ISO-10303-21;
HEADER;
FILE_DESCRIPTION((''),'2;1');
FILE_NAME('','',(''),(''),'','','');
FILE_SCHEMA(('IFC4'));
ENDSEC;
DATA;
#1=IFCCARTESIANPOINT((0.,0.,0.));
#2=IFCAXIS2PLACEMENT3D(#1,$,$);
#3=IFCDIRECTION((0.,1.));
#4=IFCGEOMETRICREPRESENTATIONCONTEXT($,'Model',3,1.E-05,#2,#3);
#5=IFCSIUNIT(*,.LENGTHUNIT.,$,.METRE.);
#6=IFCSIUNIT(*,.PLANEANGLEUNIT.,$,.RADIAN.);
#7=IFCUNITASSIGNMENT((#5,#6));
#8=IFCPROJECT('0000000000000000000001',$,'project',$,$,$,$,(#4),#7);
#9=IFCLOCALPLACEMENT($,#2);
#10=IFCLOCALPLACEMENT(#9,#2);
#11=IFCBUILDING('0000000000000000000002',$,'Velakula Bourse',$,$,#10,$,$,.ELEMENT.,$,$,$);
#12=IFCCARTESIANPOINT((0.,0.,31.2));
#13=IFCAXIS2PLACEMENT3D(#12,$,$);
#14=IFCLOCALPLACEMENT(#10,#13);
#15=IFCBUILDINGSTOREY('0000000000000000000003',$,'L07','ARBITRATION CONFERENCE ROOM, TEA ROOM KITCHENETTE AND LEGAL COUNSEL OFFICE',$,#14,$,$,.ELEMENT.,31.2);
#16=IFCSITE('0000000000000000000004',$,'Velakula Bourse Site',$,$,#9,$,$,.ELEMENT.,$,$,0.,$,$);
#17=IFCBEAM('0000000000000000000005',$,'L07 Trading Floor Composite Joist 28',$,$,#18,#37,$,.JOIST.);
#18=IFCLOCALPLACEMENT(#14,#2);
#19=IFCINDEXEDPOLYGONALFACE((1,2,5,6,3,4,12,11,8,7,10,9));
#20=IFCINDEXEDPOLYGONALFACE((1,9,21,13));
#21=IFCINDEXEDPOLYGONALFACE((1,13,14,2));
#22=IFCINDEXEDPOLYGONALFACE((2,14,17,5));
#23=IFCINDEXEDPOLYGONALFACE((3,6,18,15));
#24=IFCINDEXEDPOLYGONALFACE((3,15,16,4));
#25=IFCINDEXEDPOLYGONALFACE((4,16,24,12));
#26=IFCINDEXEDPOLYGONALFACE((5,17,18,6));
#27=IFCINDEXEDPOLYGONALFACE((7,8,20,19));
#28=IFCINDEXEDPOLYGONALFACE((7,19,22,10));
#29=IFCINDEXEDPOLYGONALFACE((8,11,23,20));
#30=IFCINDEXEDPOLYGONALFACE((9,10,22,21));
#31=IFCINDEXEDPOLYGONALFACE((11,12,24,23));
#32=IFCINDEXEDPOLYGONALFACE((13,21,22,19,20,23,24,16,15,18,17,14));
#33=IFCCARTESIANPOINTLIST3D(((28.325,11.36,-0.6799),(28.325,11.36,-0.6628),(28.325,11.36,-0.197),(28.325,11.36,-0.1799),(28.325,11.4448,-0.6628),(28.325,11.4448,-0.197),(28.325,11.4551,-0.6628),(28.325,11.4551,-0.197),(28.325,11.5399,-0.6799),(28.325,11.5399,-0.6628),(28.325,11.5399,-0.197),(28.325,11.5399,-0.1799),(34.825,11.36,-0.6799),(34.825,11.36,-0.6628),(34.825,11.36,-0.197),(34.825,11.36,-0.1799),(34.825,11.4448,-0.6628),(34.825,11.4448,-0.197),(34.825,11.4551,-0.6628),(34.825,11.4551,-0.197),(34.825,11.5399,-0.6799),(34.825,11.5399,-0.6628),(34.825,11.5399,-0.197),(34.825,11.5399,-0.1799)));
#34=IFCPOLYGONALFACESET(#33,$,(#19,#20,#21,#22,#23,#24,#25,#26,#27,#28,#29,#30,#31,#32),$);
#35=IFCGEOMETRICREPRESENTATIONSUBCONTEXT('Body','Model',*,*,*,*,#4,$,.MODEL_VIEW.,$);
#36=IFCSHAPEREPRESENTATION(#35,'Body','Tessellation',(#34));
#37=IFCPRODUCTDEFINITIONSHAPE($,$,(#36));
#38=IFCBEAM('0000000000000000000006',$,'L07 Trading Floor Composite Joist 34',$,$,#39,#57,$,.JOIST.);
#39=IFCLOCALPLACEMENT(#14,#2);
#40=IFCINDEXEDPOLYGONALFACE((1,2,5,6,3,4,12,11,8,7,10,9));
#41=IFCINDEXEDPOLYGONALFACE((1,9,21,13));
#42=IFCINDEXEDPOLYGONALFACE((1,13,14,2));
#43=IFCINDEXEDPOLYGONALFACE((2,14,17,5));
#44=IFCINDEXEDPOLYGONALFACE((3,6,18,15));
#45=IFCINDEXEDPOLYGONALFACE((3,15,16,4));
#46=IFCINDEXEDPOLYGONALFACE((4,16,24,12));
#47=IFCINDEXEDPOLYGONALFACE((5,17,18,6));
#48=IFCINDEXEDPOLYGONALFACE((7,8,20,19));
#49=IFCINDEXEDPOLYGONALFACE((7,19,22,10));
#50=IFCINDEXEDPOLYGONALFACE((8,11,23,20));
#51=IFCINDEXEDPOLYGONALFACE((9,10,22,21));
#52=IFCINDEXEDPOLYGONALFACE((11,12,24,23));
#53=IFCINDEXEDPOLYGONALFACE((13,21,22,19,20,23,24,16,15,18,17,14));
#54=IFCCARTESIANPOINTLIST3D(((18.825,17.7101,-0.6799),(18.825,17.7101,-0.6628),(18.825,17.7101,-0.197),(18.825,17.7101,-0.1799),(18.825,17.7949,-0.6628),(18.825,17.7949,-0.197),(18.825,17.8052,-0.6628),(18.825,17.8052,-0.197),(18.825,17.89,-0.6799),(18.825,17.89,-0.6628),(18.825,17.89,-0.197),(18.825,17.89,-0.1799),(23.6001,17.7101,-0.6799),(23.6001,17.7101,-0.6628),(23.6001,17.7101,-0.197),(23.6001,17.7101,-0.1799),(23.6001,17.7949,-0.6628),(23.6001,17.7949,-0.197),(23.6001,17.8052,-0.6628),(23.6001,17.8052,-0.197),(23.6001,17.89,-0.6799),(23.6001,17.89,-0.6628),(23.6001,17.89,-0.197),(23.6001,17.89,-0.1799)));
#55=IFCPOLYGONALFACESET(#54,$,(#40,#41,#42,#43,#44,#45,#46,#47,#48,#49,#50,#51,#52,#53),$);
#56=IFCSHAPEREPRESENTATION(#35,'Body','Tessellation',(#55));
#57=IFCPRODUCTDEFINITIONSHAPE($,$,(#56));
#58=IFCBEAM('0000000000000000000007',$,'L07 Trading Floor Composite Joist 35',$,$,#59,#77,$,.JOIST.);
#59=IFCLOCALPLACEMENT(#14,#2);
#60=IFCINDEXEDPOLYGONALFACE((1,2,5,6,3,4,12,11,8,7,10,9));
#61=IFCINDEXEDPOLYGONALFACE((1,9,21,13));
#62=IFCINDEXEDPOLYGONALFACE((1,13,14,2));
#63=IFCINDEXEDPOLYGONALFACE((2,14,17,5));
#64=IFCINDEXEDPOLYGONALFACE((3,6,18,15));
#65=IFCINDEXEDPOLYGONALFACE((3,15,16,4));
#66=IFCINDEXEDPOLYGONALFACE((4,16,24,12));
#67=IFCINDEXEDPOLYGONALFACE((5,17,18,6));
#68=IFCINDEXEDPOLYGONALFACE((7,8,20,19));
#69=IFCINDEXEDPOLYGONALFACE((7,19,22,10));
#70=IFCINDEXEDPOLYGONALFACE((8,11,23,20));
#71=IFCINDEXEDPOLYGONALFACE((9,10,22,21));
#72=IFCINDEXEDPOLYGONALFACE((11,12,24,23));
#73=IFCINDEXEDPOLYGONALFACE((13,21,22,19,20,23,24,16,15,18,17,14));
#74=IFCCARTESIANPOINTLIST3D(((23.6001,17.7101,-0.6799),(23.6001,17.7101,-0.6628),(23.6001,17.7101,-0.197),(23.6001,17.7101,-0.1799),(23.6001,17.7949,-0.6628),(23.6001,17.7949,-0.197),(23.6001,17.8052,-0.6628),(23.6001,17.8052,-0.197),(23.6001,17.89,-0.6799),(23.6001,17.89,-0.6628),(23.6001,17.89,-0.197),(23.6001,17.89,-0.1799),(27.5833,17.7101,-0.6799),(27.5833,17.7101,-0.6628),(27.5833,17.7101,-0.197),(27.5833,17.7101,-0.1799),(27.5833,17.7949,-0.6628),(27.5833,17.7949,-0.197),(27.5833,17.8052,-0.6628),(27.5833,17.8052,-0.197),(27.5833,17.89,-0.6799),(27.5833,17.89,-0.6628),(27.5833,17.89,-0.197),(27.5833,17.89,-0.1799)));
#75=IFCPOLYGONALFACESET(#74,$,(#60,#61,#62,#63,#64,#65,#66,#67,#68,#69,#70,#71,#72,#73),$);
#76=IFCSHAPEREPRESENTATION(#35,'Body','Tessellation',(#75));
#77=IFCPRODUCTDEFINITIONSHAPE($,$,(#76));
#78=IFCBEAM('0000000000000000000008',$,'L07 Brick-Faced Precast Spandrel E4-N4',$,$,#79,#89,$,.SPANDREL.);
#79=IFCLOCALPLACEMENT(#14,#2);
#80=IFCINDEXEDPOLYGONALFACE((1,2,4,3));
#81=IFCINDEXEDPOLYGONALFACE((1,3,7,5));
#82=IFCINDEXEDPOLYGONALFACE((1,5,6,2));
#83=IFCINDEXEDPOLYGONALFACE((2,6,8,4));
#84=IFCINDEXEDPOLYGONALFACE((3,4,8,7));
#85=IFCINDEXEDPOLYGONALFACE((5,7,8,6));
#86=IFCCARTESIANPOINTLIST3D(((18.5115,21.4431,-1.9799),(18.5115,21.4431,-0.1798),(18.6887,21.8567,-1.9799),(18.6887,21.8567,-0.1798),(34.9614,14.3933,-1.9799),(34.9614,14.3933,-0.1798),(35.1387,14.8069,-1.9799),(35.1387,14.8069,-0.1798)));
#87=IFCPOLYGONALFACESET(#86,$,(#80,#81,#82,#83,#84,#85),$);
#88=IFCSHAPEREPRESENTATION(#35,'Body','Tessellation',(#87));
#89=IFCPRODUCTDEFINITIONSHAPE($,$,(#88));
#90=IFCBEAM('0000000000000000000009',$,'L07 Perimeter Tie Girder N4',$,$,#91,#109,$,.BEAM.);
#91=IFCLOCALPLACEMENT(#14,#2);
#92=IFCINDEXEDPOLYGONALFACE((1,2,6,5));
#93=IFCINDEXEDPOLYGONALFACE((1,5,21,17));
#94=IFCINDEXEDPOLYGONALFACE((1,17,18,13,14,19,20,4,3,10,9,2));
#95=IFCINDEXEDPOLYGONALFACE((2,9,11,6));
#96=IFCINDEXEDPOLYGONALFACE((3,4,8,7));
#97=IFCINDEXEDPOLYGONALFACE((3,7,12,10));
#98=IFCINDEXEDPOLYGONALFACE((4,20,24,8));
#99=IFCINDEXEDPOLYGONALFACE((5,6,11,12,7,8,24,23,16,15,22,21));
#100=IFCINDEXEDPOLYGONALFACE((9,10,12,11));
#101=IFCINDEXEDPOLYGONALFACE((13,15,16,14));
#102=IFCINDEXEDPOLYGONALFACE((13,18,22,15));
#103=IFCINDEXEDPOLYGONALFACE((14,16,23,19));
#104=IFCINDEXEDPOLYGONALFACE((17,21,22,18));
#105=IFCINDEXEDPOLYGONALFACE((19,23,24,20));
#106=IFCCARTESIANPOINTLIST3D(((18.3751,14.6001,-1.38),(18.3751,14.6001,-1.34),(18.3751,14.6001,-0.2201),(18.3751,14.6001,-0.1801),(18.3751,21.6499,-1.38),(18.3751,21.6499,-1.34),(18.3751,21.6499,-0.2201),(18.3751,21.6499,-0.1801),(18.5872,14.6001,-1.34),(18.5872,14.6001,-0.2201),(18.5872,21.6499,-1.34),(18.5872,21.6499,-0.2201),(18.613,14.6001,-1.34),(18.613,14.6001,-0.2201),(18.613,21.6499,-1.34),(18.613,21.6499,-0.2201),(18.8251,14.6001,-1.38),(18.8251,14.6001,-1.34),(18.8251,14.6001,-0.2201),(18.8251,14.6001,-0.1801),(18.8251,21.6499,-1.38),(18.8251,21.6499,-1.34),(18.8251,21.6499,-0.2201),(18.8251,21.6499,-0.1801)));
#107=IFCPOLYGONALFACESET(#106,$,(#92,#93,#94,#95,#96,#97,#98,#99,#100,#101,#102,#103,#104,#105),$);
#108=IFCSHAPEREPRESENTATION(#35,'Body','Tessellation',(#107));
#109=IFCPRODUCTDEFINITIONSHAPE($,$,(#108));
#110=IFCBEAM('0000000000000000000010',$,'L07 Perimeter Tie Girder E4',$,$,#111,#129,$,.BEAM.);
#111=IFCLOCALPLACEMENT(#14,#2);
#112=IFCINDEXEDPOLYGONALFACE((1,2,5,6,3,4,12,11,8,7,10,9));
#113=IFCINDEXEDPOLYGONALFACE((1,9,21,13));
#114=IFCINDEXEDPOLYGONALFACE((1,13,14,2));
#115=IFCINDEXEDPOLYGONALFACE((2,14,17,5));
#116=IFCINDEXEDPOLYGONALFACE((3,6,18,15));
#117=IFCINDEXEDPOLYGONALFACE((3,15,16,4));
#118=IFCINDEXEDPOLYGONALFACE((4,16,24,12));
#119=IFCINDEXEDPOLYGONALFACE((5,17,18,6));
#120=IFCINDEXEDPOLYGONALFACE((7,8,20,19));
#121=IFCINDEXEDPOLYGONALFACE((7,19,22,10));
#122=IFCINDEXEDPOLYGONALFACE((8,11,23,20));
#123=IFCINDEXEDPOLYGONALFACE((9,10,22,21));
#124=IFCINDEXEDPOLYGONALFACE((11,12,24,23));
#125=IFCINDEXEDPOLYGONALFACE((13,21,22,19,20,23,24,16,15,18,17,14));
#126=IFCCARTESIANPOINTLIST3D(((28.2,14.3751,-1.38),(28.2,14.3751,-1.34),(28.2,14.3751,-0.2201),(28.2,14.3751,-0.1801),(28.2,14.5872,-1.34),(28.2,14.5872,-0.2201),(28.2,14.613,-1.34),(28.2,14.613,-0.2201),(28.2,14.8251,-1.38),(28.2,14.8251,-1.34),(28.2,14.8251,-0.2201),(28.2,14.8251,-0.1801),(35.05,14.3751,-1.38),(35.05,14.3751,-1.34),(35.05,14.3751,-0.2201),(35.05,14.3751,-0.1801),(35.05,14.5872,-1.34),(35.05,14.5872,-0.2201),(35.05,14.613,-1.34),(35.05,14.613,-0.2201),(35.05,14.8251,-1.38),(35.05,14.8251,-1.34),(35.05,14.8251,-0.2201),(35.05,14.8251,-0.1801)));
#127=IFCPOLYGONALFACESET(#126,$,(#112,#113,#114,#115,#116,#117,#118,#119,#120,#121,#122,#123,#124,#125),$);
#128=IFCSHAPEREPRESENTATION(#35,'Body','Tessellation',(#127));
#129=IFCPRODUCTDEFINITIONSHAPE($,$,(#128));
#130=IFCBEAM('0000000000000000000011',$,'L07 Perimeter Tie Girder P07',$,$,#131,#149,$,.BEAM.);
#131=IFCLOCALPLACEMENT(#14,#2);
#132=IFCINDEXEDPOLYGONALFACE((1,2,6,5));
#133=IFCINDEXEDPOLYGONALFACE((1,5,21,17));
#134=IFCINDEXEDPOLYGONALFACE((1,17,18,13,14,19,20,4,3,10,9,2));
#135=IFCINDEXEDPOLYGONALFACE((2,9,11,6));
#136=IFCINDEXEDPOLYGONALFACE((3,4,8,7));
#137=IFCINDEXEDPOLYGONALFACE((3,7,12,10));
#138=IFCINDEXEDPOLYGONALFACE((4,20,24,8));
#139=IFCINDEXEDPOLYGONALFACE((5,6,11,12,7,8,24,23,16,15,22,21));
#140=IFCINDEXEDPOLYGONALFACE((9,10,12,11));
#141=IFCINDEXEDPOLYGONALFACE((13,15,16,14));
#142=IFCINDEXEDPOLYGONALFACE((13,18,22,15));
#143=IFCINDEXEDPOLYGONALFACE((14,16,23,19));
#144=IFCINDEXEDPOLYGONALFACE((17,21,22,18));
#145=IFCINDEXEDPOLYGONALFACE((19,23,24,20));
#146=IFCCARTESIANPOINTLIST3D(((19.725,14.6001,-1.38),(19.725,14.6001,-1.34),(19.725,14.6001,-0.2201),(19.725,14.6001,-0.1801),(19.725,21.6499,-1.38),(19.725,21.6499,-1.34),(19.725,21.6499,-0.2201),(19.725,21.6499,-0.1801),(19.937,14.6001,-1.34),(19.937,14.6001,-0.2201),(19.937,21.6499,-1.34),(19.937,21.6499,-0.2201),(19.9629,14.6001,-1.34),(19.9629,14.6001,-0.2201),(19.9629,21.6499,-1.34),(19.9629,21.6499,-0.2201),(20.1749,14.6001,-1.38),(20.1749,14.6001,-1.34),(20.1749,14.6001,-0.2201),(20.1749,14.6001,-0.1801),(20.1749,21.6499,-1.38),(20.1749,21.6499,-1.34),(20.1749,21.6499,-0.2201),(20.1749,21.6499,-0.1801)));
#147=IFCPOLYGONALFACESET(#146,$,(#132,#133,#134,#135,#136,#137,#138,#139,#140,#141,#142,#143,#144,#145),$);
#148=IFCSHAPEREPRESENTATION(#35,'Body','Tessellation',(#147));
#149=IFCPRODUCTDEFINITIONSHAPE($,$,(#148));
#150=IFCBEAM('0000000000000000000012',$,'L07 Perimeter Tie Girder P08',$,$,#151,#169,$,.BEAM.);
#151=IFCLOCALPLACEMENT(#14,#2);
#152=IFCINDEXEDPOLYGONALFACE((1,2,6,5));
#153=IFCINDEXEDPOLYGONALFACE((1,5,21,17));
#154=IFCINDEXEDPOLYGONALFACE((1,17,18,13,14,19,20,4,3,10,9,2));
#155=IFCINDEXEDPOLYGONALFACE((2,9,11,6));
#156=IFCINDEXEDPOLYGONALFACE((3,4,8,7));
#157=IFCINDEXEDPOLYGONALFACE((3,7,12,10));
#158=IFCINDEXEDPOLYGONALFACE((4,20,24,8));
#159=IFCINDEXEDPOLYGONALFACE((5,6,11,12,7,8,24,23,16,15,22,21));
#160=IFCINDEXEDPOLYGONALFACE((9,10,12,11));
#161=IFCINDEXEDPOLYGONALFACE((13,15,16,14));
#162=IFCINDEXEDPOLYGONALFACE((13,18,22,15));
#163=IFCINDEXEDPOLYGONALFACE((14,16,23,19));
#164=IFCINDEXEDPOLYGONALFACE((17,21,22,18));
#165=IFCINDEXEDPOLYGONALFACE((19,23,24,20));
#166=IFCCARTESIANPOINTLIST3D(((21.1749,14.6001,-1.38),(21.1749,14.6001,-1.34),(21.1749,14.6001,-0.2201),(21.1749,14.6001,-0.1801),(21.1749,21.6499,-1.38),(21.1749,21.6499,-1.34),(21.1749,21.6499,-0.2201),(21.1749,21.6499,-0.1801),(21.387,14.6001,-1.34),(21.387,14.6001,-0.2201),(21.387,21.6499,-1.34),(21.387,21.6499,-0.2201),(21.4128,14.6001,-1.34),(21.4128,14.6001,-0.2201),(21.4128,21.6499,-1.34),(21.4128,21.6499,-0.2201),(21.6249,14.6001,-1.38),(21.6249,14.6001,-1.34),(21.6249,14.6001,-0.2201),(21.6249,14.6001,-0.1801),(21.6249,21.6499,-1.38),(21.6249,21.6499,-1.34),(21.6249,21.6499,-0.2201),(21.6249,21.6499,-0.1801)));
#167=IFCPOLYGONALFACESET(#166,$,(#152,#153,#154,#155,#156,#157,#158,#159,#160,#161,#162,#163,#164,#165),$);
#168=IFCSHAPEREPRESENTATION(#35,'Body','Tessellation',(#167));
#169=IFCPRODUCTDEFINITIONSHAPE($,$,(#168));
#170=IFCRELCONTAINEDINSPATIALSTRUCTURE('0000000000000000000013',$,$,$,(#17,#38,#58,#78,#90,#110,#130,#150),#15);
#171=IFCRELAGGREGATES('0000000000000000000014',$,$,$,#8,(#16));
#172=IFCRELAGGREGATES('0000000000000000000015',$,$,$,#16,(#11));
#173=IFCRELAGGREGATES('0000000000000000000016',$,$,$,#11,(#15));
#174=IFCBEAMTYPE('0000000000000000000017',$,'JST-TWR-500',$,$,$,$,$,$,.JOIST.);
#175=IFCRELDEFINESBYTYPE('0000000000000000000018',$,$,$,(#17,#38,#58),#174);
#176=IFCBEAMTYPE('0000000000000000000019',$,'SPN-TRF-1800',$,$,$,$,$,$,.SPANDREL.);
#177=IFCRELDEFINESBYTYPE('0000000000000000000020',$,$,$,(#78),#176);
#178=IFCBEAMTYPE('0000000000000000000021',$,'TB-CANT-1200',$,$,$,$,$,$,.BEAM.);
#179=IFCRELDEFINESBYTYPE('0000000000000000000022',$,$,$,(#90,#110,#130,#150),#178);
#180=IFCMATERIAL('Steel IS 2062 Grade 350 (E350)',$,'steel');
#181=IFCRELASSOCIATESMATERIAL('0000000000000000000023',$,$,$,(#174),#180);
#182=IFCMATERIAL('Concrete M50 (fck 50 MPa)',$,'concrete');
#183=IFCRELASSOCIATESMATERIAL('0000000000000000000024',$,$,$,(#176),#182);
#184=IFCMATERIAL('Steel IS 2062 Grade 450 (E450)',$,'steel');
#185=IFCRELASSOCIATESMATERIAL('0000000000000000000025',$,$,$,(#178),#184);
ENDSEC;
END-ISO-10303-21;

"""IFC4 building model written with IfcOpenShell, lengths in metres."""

from ifc_helpers import new_model, si_unit, direction, frame, origin, origin_2d, place, context, subcontext, project, spatial, rectangle, i_section, extrude, material, material_profile, profile_set, type_object, element, save


model = new_model("IFC4")

# Units and contexts
model_context = context("Model", 3, precision=1e-05, world=origin(), true_north=direction((0.0, 1.0)))
body_context = subcontext(model_context, "Body", "Model", "MODEL_VIEW")
ifc_project = project(units=[si_unit("LENGTHUNIT", "METRE"), si_unit("PLANEANGLEUNIT", "RADIAN")], contexts=[model_context])

# Site, building, storey
site_placement = place(None, origin())
site = spatial("IfcSite", under=ifc_project, at=site_placement, Name="Velakula Bourse Site", CompositionType="ELEMENT", RefElevation=0.0)
building_placement = place(site_placement, origin())
building = spatial("IfcBuilding", under=site, at=building_placement, Name="Velakula Bourse", CompositionType="ELEMENT")
storey_placement = place(building_placement, frame((0.0, 0.0, 31.2)))
storey = spatial("IfcBuildingStorey", under=building, at=storey_placement, Name="L07", Description="ARBITRATION CONFERENCE ROOM, TEA ROOM KITCHENETTE AND LEGAL COUNSEL OFFICE", CompositionType="ELEMENT", Elevation=31.2)

# Shared definitions
ifc_material_1 = material(Name="Steel IS 2062 Grade 450 (E450)", Category="steel")

# Beams
ifc_material_2 = material(Name="Steel IS 2062 Grade 350 (E350)", Category="steel")
ifc_material_profile_1 = material_profile(ifc_material_2, i_section(OverallWidth=0.1799, OverallDepth=0.5, WebThickness=0.0103, FlangeThickness=0.0171, at=origin_2d()), Name="Steel IS 2062 Grade 350 (E350)")
ifc_profile_set_1 = profile_set([ifc_material_profile_1], Name="Steel IS 2062 Grade 350 (E350)")
beam_type_1 = type_object("IfcBeamType", Name="JST-TWR-500", PredefinedType="JOIST", material=ifc_profile_set_1)
beam_1_placement = place(storey_placement, frame((28.325, 11.45, -0.4299), z_axis=(1.0, 0.0, 0.0), x_axis=(0.0, 1.0, 0.0)))
element("IfcBeam", 1, at=beam_1_placement, inside=storey, type_object=beam_type_1, Name="L07 Trading Floor Composite Joist 28", PredefinedType="JOIST", context=body_context, shape_type="SweptSolid", body=[
    extrude(i_section(OverallWidth=0.1799, OverallDepth=0.5, WebThickness=0.0103, FlangeThickness=0.0171, at=origin_2d()), origin(), (0.0, 0.0, 1.0), 6.5),
])
beam_2_placement = place(storey_placement, frame((18.825, 17.8, -0.4299), z_axis=(1.0, 0.0, 0.0), x_axis=(0.0, 1.0, 0.0)))
element("IfcBeam", 2, at=beam_2_placement, inside=storey, type_object=beam_type_1, Name="L07 Trading Floor Composite Joist 34", PredefinedType="JOIST", context=body_context, shape_type="SweptSolid", body=[
    extrude(i_section(OverallWidth=0.1799, OverallDepth=0.5, WebThickness=0.0103, FlangeThickness=0.0171, at=origin_2d()), origin(), (0.0, 0.0, 1.0), 4.7751),
])
beam_3_placement = place(storey_placement, frame((23.6001, 17.8, -0.4299), z_axis=(1.0, 0.0, 0.0), x_axis=(0.0, 1.0, 0.0)))
element("IfcBeam", 3, at=beam_3_placement, inside=storey, type_object=beam_type_1, Name="L07 Trading Floor Composite Joist 35", PredefinedType="JOIST", context=body_context, shape_type="SweptSolid", body=[
    extrude(i_section(OverallWidth=0.1799, OverallDepth=0.5, WebThickness=0.0103, FlangeThickness=0.0171, at=origin_2d()), origin(), (0.0, 0.0, 1.0), 3.9832),
])
ifc_material_3 = material(Name="Concrete M50 (fck 50 MPa)", Category="concrete")
ifc_material_profile_2 = material_profile(ifc_material_3, rectangle(XDim=0.45, YDim=1.8, at=origin_2d()), Name="Concrete M50 (fck 50 MPa)")
ifc_profile_set_2 = profile_set([ifc_material_profile_2], Name="Concrete M50 (fck 50 MPa)")
beam_type_2 = type_object("IfcBeamType", Name="SPN-TRF-1800", PredefinedType="SPANDREL", material=ifc_profile_set_2)
beam_4_placement = place(storey_placement, frame((35.05, 14.6001, -1.0798), z_axis=(-0.919149, 0.393911, 0.0), x_axis=(-0.393911, -0.919149, 0.0)))
element("IfcBeam", 4, at=beam_4_placement, inside=storey, type_object=beam_type_2, Name="L07 Brick-Faced Precast Spandrel E4-N4", PredefinedType="SPANDREL", context=body_context, shape_type="SweptSolid", body=[
    extrude(rectangle(XDim=0.45, YDim=1.8, at=origin_2d()), origin(), (0.0, 0.0, 1.0), 17.897),
])
ifc_material_profile_3 = material_profile(ifc_material_1, i_section(OverallWidth=0.45, OverallDepth=1.2, WebThickness=0.0259, FlangeThickness=0.04, at=origin_2d()), Name="Steel IS 2062 Grade 450 (E450)")
ifc_profile_set_3 = profile_set([ifc_material_profile_3], Name="Steel IS 2062 Grade 450 (E450)")
beam_type_3 = type_object("IfcBeamType", Name="TB-CANT-1200", PredefinedType="BEAM", material=ifc_profile_set_3)
beam_5_placement = place(storey_placement, frame((18.6001, 14.6001, -0.78), z_axis=(0.0, 1.0, 0.0), x_axis=(-1.0, 0.0, 0.0)))
element("IfcBeam", 5, at=beam_5_placement, inside=storey, type_object=beam_type_3, Name="L07 Perimeter Tie Girder N4", PredefinedType="BEAM", context=body_context, shape_type="SweptSolid", body=[
    extrude(i_section(OverallWidth=0.45, OverallDepth=1.2, WebThickness=0.0259, FlangeThickness=0.04, at=origin_2d()), origin(), (0.0, 0.0, 1.0), 7.0498),
])
beam_6_placement = place(storey_placement, frame((28.2, 14.6001, -0.78), z_axis=(1.0, 0.0, 0.0), x_axis=(0.0, 1.0, 0.0)))
element("IfcBeam", 6, at=beam_6_placement, inside=storey, type_object=beam_type_3, Name="L07 Perimeter Tie Girder E4", PredefinedType="BEAM", context=body_context, shape_type="SweptSolid", body=[
    extrude(i_section(OverallWidth=0.45, OverallDepth=1.2, WebThickness=0.0259, FlangeThickness=0.04, at=origin_2d()), origin(), (0.0, 0.0, 1.0), 6.8501),
])
for number, where, z_axis, x_axis, name in (
    (7, (19.95, 14.6001, -0.78), (0.0, 1.0, 0.0), (-1.0, 0.0, 0.0), "L07 Perimeter Tie Girder P07"),
    (8, (21.3999, 14.6001, -0.78), (0.0, 1.0, 0.0), (-1.0, 0.0, 0.0), "L07 Perimeter Tie Girder P08"),
):
    element("IfcBeam", number, at=place(storey_placement, frame(where, z_axis=z_axis, x_axis=x_axis)), inside=storey, type_object=beam_type_3, Name=name, PredefinedType="BEAM", context=body_context, shape_type="SweptSolid", body=[
        extrude(i_section(OverallWidth=0.45, OverallDepth=1.2, WebThickness=0.0259, FlangeThickness=0.04, at=origin_2d()), origin(), (0.0, 0.0, 1.0), 7.0498),
    ])

save(model, "model.ifc")
